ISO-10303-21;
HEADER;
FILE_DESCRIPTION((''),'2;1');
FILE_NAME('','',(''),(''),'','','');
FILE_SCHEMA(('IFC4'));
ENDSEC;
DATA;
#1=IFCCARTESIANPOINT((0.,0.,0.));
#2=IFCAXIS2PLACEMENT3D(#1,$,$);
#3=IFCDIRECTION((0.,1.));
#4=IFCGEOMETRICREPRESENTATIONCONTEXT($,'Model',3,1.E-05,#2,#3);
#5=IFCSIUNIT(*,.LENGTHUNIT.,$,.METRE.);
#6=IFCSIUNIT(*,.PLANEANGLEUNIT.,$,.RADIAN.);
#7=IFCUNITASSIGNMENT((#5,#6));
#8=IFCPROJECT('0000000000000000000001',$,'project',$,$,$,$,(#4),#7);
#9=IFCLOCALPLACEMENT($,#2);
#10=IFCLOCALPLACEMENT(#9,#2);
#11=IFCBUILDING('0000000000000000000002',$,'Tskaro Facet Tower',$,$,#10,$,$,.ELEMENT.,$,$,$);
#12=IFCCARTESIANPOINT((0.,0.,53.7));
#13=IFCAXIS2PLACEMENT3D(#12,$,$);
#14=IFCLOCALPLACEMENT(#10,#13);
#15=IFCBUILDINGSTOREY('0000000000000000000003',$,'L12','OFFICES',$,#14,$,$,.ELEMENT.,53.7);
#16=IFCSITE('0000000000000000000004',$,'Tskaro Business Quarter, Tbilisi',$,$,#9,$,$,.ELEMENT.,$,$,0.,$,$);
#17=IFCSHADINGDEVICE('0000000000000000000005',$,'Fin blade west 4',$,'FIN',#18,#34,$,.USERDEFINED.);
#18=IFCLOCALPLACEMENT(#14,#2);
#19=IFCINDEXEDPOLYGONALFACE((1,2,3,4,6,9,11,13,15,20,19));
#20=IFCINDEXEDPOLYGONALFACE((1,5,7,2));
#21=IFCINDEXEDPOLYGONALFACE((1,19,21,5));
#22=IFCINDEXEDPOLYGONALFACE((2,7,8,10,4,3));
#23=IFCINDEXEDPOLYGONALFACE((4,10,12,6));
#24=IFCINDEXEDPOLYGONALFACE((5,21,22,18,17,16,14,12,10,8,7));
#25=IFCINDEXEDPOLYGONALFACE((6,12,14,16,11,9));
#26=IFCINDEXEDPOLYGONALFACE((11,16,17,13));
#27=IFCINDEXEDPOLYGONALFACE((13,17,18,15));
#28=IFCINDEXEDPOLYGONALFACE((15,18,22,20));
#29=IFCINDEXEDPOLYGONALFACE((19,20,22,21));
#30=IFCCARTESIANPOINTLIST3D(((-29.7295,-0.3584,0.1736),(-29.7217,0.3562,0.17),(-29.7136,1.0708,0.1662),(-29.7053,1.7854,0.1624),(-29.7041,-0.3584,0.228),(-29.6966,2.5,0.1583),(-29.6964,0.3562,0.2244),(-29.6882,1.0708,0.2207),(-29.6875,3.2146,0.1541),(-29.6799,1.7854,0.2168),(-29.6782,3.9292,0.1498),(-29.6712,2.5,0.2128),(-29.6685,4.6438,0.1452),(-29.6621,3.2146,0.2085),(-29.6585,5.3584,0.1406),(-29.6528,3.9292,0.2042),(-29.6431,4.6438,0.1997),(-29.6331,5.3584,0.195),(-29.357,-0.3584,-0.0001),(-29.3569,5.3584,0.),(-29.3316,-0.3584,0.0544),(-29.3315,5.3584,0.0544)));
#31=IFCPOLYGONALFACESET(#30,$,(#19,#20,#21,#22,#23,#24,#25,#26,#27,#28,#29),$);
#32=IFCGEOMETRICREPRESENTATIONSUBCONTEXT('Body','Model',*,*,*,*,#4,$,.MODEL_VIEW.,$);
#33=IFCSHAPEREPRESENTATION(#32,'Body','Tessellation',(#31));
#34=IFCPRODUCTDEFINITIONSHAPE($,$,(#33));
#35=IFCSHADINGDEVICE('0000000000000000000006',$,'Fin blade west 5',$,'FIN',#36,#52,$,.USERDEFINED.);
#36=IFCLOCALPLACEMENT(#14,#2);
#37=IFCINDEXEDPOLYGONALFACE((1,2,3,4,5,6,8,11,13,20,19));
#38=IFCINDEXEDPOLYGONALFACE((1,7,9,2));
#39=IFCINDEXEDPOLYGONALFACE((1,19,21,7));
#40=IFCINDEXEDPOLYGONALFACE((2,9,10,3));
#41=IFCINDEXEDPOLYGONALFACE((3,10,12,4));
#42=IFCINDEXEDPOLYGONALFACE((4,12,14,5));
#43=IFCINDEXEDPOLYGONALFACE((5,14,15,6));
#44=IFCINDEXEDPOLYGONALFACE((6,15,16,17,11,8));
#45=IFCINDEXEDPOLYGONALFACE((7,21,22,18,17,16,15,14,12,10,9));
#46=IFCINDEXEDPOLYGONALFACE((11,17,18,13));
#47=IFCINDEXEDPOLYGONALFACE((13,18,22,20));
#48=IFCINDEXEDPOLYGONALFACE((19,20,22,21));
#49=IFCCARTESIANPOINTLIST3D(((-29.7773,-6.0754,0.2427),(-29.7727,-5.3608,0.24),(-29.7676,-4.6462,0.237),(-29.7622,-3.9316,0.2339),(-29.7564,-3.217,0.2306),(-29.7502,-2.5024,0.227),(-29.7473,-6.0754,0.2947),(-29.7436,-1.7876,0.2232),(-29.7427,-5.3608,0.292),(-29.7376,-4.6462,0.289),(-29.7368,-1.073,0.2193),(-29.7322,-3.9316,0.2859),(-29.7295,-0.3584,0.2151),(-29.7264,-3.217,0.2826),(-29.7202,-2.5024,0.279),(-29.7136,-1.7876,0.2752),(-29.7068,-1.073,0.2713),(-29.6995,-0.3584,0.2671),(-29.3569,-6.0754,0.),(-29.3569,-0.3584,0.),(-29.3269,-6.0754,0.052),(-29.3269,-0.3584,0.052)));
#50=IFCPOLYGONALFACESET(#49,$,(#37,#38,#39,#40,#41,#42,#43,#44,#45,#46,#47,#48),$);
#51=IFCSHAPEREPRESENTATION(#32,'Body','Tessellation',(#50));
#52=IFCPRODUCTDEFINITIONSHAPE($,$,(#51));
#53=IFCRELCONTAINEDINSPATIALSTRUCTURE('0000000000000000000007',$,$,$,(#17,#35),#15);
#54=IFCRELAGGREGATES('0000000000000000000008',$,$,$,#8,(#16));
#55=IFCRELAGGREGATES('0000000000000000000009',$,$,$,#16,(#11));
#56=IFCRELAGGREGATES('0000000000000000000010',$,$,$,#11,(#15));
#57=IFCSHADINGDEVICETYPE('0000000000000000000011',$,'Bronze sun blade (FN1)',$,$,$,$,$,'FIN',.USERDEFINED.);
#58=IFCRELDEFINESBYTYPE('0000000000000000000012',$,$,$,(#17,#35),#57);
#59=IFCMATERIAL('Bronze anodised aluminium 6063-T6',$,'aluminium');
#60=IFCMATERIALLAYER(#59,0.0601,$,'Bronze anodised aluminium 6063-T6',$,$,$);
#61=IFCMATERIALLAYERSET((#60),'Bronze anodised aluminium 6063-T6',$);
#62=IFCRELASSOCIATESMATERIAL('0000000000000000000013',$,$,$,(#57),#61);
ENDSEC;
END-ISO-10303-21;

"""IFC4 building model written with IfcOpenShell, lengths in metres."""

from ifc_helpers import new_model, si_unit, direction, frame, origin, place, context, subcontext, project, spatial, polyline, outline, extrude, material, layer, layer_set, type_object, element, save


model = new_model("IFC4")

# Units and contexts
model_context = context("Model", 3, precision=1e-05, world=origin(), true_north=direction((0.0, 1.0)))
body_context = subcontext(model_context, "Body", "Model", "MODEL_VIEW")
ifc_project = project(units=[si_unit("LENGTHUNIT", "METRE"), si_unit("PLANEANGLEUNIT", "RADIAN")], contexts=[model_context])

# Site, building, storey
site_placement = place(None, origin())
site = spatial("IfcSite", under=ifc_project, at=site_placement, Name="Tskaro Business Quarter, Tbilisi", CompositionType="ELEMENT", RefElevation=0.0)
building_placement = place(site_placement, origin())
building = spatial("IfcBuilding", under=site, at=building_placement, Name="Tskaro Facet Tower", CompositionType="ELEMENT")
storey_placement = place(building_placement, frame((0.0, 0.0, 53.7)))
storey = spatial("IfcBuildingStorey", under=building, at=storey_placement, Name="L12", Description="OFFICES", CompositionType="ELEMENT", Elevation=53.7)

# Shared definitions
ifc_material_1 = material(Name="Bronze anodised aluminium 6063-T6", Category="aluminium")

# Shading devices
ifc_layer_1 = layer(ifc_material_1, 0.0601, Name="Bronze anodised aluminium 6063-T6")
ifc_layer_set_1 = layer_set([ifc_layer_1], Name="Bronze anodised aluminium 6063-T6")
shading_device_type = type_object("IfcShadingDeviceType", Name="Bronze sun blade (FN1)", ElementType="FIN", PredefinedType="USERDEFINED", material=ifc_layer_set_1)
shading_device_1_placement = place(storey_placement, frame((-29.3315, 5.3584, 0.0544), z_axis=(0.422532, -0.000013, 0.906348), x_axis=(-0.000006, -1.0, -0.000012)))
element("IfcShadingDevice", 1, at=shading_device_1_placement, inside=storey, type_object=shading_device_type, Name="Fin blade west 4", ObjectType="FIN", PredefinedType="USERDEFINED", context=body_context, shape_type="SweptSolid", body=[
    extrude(outline(polyline([(0.0, 0.0), (5.7168, 0.0), (5.7168, -0.411), (5.0022, -0.4025), (4.2876, -0.3935), (3.573, -0.3844), (2.8584, -0.3747), (2.1438, -0.3647), (1.4292, -0.3544), (0.7146, -0.3437), (0.0, -0.3327), (0.0, 0.0)])), origin(), (0.0, 0.0, -1.0), 0.0601),
])
shading_device_2_placement = place(storey_placement, frame((-29.3269, -0.3584, 0.052), z_axis=(0.499931, -0.000002, 0.866065), x_axis=(-0.000001, -1.0, -0.000002)))
element("IfcShadingDevice", 2, at=shading_device_2_placement, inside=storey, type_object=shading_device_type, Name="Fin blade west 5", ObjectType="FIN", PredefinedType="USERDEFINED", context=body_context, shape_type="SweptSolid", body=[
    extrude(outline(polyline([(0.0, 0.0), (5.717, 0.0), (5.717, -0.4854), (5.0024, -0.4801), (4.2878, -0.4742), (3.5732, -0.4679), (2.8586, -0.4613), (2.144, -0.4541), (1.4292, -0.4465), (0.7146, -0.4386), (0.0, -0.4302), (0.0, 0.0)])), origin(), (0.0, 0.0, -1.0), 0.0601),
])

save(model, "model.ifc")
